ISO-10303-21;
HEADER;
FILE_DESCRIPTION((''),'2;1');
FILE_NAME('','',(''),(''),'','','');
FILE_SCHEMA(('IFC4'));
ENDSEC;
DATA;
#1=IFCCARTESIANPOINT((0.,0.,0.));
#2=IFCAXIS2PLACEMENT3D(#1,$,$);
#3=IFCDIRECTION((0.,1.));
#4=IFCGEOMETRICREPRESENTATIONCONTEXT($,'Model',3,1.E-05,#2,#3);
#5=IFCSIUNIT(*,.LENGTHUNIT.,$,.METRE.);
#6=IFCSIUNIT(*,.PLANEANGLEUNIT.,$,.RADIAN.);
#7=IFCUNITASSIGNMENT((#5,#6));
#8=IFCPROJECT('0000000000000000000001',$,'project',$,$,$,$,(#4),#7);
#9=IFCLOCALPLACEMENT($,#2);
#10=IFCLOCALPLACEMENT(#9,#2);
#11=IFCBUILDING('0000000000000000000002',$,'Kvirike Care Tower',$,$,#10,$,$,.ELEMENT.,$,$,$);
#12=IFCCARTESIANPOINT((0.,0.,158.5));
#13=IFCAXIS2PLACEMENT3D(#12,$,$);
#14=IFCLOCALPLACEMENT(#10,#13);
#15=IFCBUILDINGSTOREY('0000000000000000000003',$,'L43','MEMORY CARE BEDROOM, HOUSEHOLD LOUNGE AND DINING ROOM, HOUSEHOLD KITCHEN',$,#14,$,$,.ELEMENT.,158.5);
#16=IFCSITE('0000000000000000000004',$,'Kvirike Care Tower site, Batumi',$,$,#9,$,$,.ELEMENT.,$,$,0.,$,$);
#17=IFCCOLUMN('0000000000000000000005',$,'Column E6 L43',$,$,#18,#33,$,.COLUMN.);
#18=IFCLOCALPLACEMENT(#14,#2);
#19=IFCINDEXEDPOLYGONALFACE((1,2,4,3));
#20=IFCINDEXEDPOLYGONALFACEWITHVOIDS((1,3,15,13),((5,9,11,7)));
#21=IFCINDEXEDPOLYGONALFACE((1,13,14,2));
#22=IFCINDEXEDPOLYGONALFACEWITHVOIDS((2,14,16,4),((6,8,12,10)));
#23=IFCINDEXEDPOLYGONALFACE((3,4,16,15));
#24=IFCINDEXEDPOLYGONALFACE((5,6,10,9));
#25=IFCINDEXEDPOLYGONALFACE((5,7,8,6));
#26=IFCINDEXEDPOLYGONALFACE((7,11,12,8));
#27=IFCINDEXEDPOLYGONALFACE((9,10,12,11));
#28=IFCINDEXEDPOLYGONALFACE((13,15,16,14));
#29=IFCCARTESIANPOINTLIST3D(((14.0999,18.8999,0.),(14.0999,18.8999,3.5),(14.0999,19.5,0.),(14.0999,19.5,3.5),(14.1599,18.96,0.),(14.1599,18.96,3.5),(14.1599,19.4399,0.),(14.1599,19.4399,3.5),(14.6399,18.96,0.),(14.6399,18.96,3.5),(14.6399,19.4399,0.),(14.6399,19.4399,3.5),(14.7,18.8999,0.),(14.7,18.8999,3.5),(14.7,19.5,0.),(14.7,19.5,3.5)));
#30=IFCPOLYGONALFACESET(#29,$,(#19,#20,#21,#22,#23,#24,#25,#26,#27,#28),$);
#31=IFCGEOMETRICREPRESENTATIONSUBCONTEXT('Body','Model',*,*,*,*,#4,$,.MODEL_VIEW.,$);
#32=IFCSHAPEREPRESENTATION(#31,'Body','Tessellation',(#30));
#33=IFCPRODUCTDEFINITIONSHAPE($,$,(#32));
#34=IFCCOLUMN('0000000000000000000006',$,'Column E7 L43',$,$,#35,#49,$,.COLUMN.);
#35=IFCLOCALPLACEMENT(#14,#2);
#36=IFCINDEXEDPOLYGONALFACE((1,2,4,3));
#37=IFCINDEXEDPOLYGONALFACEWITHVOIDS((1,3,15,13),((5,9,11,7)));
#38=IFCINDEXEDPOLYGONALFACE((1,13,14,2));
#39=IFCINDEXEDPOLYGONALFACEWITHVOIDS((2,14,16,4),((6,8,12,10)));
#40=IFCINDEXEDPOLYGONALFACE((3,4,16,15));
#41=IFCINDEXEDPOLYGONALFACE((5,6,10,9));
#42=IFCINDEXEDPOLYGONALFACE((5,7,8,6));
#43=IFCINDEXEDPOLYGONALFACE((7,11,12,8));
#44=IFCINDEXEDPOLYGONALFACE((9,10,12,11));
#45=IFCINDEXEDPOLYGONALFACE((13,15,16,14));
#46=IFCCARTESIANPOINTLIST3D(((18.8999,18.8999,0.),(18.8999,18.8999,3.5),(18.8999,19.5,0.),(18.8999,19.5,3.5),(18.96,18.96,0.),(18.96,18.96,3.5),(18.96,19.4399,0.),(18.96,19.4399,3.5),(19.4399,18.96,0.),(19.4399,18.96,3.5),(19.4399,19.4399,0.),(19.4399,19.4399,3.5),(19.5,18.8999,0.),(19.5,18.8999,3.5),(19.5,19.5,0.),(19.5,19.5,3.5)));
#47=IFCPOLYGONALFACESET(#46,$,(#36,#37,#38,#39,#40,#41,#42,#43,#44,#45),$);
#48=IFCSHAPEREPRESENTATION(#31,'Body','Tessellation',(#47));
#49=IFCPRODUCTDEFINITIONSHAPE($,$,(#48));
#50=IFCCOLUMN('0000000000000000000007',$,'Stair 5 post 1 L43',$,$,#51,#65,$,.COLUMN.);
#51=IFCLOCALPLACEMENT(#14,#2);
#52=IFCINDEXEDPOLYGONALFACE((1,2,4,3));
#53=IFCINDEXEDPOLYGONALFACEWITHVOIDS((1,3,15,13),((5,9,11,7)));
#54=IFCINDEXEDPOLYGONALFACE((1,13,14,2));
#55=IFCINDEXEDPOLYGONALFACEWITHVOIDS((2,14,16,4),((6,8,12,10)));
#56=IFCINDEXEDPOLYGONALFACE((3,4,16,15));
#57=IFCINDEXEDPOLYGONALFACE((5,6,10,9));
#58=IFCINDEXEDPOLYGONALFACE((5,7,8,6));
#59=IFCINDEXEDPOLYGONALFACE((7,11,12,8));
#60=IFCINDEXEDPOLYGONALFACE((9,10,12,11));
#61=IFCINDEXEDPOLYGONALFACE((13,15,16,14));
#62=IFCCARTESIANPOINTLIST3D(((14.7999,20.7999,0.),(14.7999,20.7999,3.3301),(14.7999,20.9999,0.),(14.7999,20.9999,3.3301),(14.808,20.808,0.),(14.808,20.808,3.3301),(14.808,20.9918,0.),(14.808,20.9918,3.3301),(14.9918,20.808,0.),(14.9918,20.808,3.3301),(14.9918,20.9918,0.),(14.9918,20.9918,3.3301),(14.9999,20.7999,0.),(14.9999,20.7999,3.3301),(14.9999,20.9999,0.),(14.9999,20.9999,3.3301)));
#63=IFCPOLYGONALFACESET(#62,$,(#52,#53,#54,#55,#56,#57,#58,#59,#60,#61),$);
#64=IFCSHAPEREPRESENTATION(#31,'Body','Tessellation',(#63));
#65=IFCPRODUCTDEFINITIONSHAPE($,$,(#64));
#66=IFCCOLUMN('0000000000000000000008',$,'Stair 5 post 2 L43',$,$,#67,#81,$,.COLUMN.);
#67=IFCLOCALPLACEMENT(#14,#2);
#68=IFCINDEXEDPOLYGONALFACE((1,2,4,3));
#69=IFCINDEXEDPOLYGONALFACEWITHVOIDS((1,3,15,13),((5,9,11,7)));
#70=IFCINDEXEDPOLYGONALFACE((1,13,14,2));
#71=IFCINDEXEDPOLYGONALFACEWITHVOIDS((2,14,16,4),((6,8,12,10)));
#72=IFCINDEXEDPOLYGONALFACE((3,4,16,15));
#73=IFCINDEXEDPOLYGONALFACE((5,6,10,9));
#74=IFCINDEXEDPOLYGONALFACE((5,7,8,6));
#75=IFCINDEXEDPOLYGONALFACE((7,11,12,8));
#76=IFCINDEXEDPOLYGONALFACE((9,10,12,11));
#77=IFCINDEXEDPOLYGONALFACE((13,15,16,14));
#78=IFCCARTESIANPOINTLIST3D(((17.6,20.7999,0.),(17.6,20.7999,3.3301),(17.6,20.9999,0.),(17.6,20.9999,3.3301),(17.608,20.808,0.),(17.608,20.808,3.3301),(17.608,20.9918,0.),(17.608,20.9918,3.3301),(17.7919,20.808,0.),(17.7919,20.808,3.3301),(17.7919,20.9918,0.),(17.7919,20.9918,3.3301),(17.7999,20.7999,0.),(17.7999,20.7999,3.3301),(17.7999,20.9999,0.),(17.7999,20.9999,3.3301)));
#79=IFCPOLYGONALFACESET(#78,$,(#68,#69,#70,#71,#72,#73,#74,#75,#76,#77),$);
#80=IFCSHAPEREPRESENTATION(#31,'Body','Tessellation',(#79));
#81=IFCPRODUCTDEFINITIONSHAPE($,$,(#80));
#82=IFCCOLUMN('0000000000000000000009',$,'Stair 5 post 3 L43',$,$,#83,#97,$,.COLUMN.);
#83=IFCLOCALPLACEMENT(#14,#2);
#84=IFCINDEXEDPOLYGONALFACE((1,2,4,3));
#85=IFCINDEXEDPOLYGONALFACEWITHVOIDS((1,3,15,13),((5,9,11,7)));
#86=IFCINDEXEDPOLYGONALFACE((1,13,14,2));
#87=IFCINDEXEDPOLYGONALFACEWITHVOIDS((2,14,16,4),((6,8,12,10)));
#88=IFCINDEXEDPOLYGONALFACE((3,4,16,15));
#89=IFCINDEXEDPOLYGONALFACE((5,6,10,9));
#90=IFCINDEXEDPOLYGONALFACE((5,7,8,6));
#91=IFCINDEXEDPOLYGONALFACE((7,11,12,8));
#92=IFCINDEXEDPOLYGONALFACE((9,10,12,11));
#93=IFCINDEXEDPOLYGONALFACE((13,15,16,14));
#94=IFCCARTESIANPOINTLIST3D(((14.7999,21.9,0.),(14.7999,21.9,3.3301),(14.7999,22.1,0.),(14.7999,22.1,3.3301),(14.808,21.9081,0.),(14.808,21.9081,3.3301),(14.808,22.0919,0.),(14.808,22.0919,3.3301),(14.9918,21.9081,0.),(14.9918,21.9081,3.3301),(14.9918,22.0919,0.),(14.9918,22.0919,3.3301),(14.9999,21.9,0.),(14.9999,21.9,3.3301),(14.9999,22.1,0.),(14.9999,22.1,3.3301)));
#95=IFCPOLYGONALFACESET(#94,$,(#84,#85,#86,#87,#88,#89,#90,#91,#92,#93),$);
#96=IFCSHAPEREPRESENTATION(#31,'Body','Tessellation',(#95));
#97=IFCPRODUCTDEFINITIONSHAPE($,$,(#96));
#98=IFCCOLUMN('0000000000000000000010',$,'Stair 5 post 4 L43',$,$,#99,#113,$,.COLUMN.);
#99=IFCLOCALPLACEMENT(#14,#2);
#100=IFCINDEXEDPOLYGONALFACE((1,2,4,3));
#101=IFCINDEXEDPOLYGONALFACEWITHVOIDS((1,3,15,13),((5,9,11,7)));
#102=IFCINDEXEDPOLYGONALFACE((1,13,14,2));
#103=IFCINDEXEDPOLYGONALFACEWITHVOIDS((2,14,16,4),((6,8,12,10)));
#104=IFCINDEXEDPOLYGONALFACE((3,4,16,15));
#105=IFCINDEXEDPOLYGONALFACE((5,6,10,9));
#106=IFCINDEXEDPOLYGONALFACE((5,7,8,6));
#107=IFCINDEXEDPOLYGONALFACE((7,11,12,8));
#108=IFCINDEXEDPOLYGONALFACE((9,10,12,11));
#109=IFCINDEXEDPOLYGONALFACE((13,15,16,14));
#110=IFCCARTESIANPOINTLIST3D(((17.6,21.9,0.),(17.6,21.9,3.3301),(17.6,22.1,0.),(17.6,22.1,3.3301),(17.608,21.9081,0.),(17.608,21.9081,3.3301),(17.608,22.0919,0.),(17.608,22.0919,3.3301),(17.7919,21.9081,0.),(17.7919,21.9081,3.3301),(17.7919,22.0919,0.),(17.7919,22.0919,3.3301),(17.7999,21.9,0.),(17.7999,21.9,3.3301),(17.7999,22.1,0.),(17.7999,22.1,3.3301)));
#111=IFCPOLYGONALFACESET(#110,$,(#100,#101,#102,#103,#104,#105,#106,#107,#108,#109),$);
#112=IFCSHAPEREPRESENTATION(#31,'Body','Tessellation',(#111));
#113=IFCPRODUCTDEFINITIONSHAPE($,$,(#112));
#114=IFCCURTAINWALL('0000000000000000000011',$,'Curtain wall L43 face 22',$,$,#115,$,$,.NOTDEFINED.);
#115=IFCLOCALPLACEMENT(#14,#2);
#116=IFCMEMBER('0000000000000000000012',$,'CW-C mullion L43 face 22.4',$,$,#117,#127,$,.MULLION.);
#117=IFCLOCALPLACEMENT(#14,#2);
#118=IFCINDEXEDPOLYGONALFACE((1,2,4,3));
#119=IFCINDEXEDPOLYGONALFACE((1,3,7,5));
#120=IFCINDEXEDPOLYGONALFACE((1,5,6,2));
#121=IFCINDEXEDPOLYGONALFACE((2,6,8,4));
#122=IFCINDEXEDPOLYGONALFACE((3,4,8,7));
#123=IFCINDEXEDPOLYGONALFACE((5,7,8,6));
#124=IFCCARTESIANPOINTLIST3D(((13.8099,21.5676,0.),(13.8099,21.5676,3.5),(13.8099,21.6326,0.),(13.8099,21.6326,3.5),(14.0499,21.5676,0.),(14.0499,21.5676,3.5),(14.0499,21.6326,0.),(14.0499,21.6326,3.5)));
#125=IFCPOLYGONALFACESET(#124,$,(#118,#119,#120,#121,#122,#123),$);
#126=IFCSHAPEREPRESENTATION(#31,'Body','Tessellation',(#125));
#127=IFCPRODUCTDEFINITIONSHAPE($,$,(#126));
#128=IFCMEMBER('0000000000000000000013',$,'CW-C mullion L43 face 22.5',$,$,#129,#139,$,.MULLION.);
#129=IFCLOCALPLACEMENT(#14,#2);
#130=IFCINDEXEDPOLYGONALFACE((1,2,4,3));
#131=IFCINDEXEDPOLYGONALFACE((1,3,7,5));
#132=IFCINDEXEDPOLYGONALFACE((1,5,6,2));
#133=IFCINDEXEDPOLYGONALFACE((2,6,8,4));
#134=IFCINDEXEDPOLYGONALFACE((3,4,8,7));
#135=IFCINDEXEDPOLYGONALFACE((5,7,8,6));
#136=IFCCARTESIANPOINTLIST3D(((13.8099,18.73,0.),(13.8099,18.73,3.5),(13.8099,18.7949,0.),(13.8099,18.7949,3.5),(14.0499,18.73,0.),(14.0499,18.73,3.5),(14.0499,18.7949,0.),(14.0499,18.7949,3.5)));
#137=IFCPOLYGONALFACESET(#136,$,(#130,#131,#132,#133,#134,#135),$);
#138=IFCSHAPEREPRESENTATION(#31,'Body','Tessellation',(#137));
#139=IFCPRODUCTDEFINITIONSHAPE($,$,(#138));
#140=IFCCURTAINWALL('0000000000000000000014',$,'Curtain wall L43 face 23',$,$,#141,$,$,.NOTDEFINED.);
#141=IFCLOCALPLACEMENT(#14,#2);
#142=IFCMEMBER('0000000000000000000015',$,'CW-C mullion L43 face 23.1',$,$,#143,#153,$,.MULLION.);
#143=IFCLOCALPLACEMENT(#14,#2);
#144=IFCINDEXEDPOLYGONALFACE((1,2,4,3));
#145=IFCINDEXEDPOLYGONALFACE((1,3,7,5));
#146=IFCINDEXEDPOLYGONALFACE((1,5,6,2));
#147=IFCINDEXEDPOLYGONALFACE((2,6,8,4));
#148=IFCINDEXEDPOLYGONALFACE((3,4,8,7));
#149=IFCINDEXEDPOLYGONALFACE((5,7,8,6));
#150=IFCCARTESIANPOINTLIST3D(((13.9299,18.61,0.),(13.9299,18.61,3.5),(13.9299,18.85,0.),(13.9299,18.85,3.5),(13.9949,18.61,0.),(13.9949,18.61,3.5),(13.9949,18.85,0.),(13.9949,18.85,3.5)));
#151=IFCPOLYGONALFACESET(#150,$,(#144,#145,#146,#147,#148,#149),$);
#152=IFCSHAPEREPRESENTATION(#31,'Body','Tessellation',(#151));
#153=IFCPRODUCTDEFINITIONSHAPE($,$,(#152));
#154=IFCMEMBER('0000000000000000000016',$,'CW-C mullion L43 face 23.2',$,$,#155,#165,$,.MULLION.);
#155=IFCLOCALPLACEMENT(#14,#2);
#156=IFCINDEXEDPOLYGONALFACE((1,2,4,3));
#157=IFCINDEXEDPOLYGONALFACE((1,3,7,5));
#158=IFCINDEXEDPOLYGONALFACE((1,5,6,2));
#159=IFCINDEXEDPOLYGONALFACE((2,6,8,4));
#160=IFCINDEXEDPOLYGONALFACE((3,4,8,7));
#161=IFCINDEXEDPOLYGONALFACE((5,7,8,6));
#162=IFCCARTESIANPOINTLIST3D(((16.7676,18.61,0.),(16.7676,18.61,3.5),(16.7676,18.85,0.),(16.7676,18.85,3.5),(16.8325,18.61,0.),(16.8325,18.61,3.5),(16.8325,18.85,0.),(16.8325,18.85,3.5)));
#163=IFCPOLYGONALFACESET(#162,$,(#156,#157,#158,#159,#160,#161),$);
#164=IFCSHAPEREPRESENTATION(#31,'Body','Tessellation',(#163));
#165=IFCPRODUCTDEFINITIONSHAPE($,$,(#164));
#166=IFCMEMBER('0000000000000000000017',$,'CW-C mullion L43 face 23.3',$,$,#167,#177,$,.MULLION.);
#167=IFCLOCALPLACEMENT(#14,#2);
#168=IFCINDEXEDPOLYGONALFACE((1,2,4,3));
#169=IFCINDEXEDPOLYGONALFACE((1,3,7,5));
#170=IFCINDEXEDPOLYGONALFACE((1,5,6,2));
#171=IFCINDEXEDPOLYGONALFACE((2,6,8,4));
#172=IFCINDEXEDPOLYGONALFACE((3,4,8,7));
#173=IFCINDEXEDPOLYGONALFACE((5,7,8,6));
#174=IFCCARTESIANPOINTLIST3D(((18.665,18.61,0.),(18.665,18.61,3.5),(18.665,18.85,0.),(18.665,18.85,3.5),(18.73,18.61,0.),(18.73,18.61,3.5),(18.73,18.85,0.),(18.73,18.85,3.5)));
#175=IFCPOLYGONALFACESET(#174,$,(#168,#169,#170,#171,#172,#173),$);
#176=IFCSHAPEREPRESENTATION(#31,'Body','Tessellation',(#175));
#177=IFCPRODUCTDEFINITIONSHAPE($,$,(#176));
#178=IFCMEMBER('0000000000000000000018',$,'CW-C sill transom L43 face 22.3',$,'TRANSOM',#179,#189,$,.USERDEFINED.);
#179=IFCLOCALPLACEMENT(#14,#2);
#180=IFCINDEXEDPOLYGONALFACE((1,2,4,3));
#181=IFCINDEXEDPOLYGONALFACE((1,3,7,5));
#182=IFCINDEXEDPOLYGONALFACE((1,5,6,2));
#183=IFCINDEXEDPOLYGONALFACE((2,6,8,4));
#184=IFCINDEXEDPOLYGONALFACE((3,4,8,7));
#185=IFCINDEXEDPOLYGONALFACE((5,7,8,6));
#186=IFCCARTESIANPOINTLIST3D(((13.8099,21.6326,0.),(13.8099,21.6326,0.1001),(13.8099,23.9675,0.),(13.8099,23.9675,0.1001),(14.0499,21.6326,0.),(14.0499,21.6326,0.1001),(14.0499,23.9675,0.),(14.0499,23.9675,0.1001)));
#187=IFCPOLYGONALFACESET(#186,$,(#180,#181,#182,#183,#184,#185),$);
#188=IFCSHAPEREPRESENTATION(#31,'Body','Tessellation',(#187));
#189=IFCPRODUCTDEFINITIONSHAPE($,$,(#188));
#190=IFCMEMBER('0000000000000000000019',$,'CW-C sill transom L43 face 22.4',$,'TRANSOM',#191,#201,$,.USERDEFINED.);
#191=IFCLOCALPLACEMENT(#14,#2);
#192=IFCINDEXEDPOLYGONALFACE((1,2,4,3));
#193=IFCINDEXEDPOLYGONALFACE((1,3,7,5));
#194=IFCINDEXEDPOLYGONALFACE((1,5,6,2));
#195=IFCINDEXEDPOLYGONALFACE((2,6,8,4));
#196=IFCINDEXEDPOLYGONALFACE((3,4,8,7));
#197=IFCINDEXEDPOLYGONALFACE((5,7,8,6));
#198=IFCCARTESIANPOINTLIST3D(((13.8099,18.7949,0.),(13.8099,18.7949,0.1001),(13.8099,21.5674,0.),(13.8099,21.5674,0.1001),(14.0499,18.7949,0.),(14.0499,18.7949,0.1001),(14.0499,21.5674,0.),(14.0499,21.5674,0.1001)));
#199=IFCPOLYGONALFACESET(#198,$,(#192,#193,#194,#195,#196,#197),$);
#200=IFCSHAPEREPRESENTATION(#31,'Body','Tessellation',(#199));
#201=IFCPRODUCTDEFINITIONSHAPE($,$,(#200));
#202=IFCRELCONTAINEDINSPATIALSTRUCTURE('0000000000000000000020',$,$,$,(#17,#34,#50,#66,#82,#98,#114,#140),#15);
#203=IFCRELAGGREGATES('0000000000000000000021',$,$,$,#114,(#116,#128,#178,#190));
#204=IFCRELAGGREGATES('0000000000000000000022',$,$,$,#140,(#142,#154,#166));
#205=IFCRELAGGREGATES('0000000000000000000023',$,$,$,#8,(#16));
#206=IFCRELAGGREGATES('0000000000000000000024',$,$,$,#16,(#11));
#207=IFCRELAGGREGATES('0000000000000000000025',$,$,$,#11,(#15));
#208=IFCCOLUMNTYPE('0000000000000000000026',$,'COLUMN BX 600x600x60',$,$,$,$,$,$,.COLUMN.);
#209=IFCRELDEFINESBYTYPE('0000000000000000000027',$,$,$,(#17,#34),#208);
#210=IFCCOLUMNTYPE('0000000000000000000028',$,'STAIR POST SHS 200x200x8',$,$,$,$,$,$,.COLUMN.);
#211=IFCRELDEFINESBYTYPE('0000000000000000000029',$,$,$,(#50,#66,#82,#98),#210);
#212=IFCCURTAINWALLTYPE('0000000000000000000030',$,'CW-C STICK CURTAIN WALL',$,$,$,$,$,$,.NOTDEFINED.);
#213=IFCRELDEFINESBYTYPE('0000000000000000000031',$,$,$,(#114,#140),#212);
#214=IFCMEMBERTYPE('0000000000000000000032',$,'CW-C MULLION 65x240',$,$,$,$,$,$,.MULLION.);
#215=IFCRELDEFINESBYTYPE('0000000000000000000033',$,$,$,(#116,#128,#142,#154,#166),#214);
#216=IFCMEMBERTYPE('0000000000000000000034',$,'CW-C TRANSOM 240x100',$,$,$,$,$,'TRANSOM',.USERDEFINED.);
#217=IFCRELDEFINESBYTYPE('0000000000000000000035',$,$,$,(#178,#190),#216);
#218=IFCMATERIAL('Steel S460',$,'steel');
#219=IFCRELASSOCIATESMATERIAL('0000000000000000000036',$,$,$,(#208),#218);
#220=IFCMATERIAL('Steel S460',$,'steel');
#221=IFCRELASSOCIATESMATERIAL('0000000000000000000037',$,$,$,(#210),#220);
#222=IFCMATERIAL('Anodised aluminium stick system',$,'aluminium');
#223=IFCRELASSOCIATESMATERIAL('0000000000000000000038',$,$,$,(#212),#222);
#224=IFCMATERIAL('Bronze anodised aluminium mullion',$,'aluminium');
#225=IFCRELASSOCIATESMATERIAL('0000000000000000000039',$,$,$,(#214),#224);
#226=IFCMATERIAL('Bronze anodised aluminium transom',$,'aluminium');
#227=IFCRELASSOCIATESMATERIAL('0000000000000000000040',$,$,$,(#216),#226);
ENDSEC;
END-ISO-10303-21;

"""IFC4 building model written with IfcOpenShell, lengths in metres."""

from ifc_helpers import new_model, si_unit, direction, frame, origin, origin_2d, place, context, subcontext, project, spatial, rectangle, hollow_rectangle, extrude, material, material_profile, profile_set, type_object, element, aggregate, save


model = new_model("IFC4")

# Units and contexts
model_context = context("Model", 3, precision=1e-05, world=origin(), true_north=direction((0.0, 1.0)))
body_context = subcontext(model_context, "Body", "Model", "MODEL_VIEW")
ifc_project = project(units=[si_unit("LENGTHUNIT", "METRE"), si_unit("PLANEANGLEUNIT", "RADIAN")], contexts=[model_context])

# Site, building, storey
site_placement = place(None, origin())
site = spatial("IfcSite", under=ifc_project, at=site_placement, Name="Kvirike Care Tower site, Batumi", CompositionType="ELEMENT", RefElevation=0.0)
building_placement = place(site_placement, origin())
building = spatial("IfcBuilding", under=site, at=building_placement, Name="Kvirike Care Tower", CompositionType="ELEMENT")
storey_placement = place(building_placement, frame((0.0, 0.0, 158.5)))
storey = spatial("IfcBuildingStorey", under=building, at=storey_placement, Name="L43", Description="MEMORY CARE BEDROOM, HOUSEHOLD LOUNGE AND DINING ROOM, HOUSEHOLD KITCHEN", CompositionType="ELEMENT", Elevation=158.5)

# Columns
ifc_material_1 = material(Name="Steel S460", Category="steel")
ifc_material_profile_1 = material_profile(ifc_material_1, hollow_rectangle(XDim=0.6001, YDim=0.6001, WallThickness=0.0601, at=origin_2d()), Name="BX 600x600x60")
ifc_profile_set_1 = profile_set([ifc_material_profile_1], Name="Steel S460")
column_type_1 = type_object("IfcColumnType", Name="COLUMN BX 600x600x60", PredefinedType="COLUMN", material=ifc_profile_set_1)
for number, where, z_axis, x_axis, name in (
    (1, (14.3999, 19.2, 0.0), (0.0, 0.0, 1.0), (0.0, 1.0, 0.0), "Column E6 L43"),
    (2, (19.2, 19.2, 0.0), (0.0, 0.0, 1.0), (0.0, 1.0, 0.0), "Column E7 L43"),
):
    element("IfcColumn", number, at=place(storey_placement, frame(where, z_axis=z_axis, x_axis=x_axis)), inside=storey, type_object=column_type_1, Name=name, PredefinedType="COLUMN", context=body_context, shape_type="SweptSolid", body=[
        extrude(hollow_rectangle(XDim=0.6001, YDim=0.6001, WallThickness=0.0601, at=origin_2d()), origin(), (0.0, 0.0, 1.0), 3.5),
    ])
ifc_material_2 = material(Name="Steel S460", Category="steel")
ifc_material_profile_2 = material_profile(ifc_material_2, hollow_rectangle(XDim=0.2, YDim=0.2, WallThickness=0.0081, at=origin_2d()), Name="SHS 200x200x8")
ifc_profile_set_2 = profile_set([ifc_material_profile_2], Name="Steel S460")
column_type_2 = type_object("IfcColumnType", Name="STAIR POST SHS 200x200x8", PredefinedType="COLUMN", material=ifc_profile_set_2)
for number, where, z_axis, x_axis, name in (
    (3, (14.8999, 20.8999, 0.0), (0.0, 0.0, 1.0), (1.0, 0.0, 0.0), "Stair 5 post 1 L43"),
    (4, (17.7, 20.8999, 0.0), (0.0, 0.0, 1.0), (1.0, 0.0, 0.0), "Stair 5 post 2 L43"),
    (5, (14.8999, 22.0, 0.0), (0.0, 0.0, 1.0), (1.0, 0.0, 0.0), "Stair 5 post 3 L43"),
    (6, (17.7, 22.0, 0.0), (0.0, 0.0, 1.0), (1.0, 0.0, 0.0), "Stair 5 post 4 L43"),
):
    element("IfcColumn", number, at=place(storey_placement, frame(where, z_axis=z_axis, x_axis=x_axis)), inside=storey, type_object=column_type_2, Name=name, PredefinedType="COLUMN", context=body_context, shape_type="SweptSolid", body=[
        extrude(hollow_rectangle(XDim=0.2, YDim=0.2, WallThickness=0.0081, at=origin_2d()), origin(), (0.0, 0.0, 1.0), 3.3301),
    ])

# Curtain walls, members
ifc_material_3 = material(Name="Anodised aluminium stick system", Category="aluminium")
curtain_wall_type = type_object("IfcCurtainWallType", Name="CW-C STICK CURTAIN WALL", PredefinedType="NOTDEFINED", material=ifc_material_3)
curtain_wall_1_placement = place(storey_placement, origin())
curtain_wall_1 = element("IfcCurtainWall", 7, at=curtain_wall_1_placement, inside=storey, type_object=curtain_wall_type, Name="Curtain wall L43 face 22", PredefinedType="NOTDEFINED")
ifc_material_4 = material(Name="Bronze anodised aluminium mullion", Category="aluminium")
ifc_material_profile_3 = material_profile(ifc_material_4, rectangle(XDim=0.0649, YDim=0.24, at=origin_2d()), Name="CW-C MULLION 65x240")
ifc_profile_set_3 = profile_set([ifc_material_profile_3], Name="Bronze anodised aluminium mullion")
member_type_1 = type_object("IfcMemberType", Name="CW-C MULLION 65x240", PredefinedType="MULLION", material=ifc_profile_set_3)
member_1_placement = place(storey_placement, frame((13.9299, 21.6001, 0.0), z_axis=(0.0, 0.0, 1.0), x_axis=(0.0, -1.0, 0.0)))
member_1 = element("IfcMember", 8, at=member_1_placement, type_object=member_type_1, Name="CW-C mullion L43 face 22.4", PredefinedType="MULLION", context=body_context, shape_type="SweptSolid", body=[
    extrude(rectangle(XDim=0.0649, YDim=0.24, at=origin_2d()), origin(), (0.0, 0.0, 1.0), 3.5),
])
member_2_placement = place(storey_placement, frame((13.9299, 18.7625, 0.0), z_axis=(0.0, 0.0, 1.0), x_axis=(0.0, -1.0, 0.0)))
member_2 = element("IfcMember", 9, at=member_2_placement, type_object=member_type_1, Name="CW-C mullion L43 face 22.5", PredefinedType="MULLION", context=body_context, shape_type="SweptSolid", body=[
    extrude(rectangle(XDim=0.0649, YDim=0.24, at=origin_2d()), origin(), (0.0, 0.0, 1.0), 3.5),
])
curtain_wall_2_placement = place(storey_placement, origin())
curtain_wall_2 = element("IfcCurtainWall", 10, at=curtain_wall_2_placement, inside=storey, type_object=curtain_wall_type, Name="Curtain wall L43 face 23", PredefinedType="NOTDEFINED")
member_3_placement = place(storey_placement, frame((13.9624, 18.73, 0.0), z_axis=(0.0, 0.0, 1.0), x_axis=(1.0, 0.0, 0.0)))
member_3 = element("IfcMember", 11, at=member_3_placement, type_object=member_type_1, Name="CW-C mullion L43 face 23.1", PredefinedType="MULLION", context=body_context, shape_type="SweptSolid", body=[
    extrude(rectangle(XDim=0.0649, YDim=0.24, at=origin_2d()), origin(), (0.0, 0.0, 1.0), 3.5),
])
member_4_placement = place(storey_placement, frame((16.8, 18.73, 0.0), z_axis=(0.0, 0.0, 1.0), x_axis=(1.0, 0.0, 0.0)))
member_4 = element("IfcMember", 12, at=member_4_placement, type_object=member_type_1, Name="CW-C mullion L43 face 23.2", PredefinedType="MULLION", context=body_context, shape_type="SweptSolid", body=[
    extrude(rectangle(XDim=0.0649, YDim=0.24, at=origin_2d()), origin(), (0.0, 0.0, 1.0), 3.5),
])
member_5_placement = place(storey_placement, frame((18.6975, 18.73, 0.0), z_axis=(0.0, 0.0, 1.0), x_axis=(1.0, 0.0, 0.0)))
member_5 = element("IfcMember", 13, at=member_5_placement, type_object=member_type_1, Name="CW-C mullion L43 face 23.3", PredefinedType="MULLION", context=body_context, shape_type="SweptSolid", body=[
    extrude(rectangle(XDim=0.0649, YDim=0.24, at=origin_2d()), origin(), (0.0, 0.0, 1.0), 3.5),
])

# Members
ifc_material_5 = material(Name="Bronze anodised aluminium transom", Category="aluminium")
ifc_material_profile_4 = material_profile(ifc_material_5, rectangle(XDim=0.24, YDim=0.1001, at=origin_2d()), Name="CW-C TRANSOM 240x100")
ifc_profile_set_4 = profile_set([ifc_material_profile_4], Name="Bronze anodised aluminium transom")
member_type_2 = type_object("IfcMemberType", Name="CW-C TRANSOM 240x100", ElementType="TRANSOM", PredefinedType="USERDEFINED", material=ifc_profile_set_4)
member_6_placement = place(storey_placement, frame((13.9299, 23.9675, 0.05), z_axis=(0.0, -1.0, 0.0), x_axis=(1.0, 0.0, 0.0)))
member_6 = element("IfcMember", 14, at=member_6_placement, type_object=member_type_2, Name="CW-C sill transom L43 face 22.3", ObjectType="TRANSOM", PredefinedType="USERDEFINED", context=body_context, shape_type="SweptSolid", body=[
    extrude(rectangle(XDim=0.24, YDim=0.1001, at=origin_2d()), origin(), (0.0, 0.0, 1.0), 2.335),
])
member_7_placement = place(storey_placement, frame((13.9299, 21.5674, 0.05), z_axis=(0.0, -1.0, 0.0), x_axis=(1.0, 0.0, 0.0)))
member_7 = element("IfcMember", 15, at=member_7_placement, type_object=member_type_2, Name="CW-C sill transom L43 face 22.4", ObjectType="TRANSOM", PredefinedType="USERDEFINED", context=body_context, shape_type="SweptSolid", body=[
    extrude(rectangle(XDim=0.24, YDim=0.1001, at=origin_2d()), origin(), (0.0, 0.0, 1.0), 2.7725),
])

aggregate(curtain_wall_1, [member_1, member_2, member_6, member_7])
aggregate(curtain_wall_2, [member_3, member_4, member_5])

save(model, "model.ifc")
